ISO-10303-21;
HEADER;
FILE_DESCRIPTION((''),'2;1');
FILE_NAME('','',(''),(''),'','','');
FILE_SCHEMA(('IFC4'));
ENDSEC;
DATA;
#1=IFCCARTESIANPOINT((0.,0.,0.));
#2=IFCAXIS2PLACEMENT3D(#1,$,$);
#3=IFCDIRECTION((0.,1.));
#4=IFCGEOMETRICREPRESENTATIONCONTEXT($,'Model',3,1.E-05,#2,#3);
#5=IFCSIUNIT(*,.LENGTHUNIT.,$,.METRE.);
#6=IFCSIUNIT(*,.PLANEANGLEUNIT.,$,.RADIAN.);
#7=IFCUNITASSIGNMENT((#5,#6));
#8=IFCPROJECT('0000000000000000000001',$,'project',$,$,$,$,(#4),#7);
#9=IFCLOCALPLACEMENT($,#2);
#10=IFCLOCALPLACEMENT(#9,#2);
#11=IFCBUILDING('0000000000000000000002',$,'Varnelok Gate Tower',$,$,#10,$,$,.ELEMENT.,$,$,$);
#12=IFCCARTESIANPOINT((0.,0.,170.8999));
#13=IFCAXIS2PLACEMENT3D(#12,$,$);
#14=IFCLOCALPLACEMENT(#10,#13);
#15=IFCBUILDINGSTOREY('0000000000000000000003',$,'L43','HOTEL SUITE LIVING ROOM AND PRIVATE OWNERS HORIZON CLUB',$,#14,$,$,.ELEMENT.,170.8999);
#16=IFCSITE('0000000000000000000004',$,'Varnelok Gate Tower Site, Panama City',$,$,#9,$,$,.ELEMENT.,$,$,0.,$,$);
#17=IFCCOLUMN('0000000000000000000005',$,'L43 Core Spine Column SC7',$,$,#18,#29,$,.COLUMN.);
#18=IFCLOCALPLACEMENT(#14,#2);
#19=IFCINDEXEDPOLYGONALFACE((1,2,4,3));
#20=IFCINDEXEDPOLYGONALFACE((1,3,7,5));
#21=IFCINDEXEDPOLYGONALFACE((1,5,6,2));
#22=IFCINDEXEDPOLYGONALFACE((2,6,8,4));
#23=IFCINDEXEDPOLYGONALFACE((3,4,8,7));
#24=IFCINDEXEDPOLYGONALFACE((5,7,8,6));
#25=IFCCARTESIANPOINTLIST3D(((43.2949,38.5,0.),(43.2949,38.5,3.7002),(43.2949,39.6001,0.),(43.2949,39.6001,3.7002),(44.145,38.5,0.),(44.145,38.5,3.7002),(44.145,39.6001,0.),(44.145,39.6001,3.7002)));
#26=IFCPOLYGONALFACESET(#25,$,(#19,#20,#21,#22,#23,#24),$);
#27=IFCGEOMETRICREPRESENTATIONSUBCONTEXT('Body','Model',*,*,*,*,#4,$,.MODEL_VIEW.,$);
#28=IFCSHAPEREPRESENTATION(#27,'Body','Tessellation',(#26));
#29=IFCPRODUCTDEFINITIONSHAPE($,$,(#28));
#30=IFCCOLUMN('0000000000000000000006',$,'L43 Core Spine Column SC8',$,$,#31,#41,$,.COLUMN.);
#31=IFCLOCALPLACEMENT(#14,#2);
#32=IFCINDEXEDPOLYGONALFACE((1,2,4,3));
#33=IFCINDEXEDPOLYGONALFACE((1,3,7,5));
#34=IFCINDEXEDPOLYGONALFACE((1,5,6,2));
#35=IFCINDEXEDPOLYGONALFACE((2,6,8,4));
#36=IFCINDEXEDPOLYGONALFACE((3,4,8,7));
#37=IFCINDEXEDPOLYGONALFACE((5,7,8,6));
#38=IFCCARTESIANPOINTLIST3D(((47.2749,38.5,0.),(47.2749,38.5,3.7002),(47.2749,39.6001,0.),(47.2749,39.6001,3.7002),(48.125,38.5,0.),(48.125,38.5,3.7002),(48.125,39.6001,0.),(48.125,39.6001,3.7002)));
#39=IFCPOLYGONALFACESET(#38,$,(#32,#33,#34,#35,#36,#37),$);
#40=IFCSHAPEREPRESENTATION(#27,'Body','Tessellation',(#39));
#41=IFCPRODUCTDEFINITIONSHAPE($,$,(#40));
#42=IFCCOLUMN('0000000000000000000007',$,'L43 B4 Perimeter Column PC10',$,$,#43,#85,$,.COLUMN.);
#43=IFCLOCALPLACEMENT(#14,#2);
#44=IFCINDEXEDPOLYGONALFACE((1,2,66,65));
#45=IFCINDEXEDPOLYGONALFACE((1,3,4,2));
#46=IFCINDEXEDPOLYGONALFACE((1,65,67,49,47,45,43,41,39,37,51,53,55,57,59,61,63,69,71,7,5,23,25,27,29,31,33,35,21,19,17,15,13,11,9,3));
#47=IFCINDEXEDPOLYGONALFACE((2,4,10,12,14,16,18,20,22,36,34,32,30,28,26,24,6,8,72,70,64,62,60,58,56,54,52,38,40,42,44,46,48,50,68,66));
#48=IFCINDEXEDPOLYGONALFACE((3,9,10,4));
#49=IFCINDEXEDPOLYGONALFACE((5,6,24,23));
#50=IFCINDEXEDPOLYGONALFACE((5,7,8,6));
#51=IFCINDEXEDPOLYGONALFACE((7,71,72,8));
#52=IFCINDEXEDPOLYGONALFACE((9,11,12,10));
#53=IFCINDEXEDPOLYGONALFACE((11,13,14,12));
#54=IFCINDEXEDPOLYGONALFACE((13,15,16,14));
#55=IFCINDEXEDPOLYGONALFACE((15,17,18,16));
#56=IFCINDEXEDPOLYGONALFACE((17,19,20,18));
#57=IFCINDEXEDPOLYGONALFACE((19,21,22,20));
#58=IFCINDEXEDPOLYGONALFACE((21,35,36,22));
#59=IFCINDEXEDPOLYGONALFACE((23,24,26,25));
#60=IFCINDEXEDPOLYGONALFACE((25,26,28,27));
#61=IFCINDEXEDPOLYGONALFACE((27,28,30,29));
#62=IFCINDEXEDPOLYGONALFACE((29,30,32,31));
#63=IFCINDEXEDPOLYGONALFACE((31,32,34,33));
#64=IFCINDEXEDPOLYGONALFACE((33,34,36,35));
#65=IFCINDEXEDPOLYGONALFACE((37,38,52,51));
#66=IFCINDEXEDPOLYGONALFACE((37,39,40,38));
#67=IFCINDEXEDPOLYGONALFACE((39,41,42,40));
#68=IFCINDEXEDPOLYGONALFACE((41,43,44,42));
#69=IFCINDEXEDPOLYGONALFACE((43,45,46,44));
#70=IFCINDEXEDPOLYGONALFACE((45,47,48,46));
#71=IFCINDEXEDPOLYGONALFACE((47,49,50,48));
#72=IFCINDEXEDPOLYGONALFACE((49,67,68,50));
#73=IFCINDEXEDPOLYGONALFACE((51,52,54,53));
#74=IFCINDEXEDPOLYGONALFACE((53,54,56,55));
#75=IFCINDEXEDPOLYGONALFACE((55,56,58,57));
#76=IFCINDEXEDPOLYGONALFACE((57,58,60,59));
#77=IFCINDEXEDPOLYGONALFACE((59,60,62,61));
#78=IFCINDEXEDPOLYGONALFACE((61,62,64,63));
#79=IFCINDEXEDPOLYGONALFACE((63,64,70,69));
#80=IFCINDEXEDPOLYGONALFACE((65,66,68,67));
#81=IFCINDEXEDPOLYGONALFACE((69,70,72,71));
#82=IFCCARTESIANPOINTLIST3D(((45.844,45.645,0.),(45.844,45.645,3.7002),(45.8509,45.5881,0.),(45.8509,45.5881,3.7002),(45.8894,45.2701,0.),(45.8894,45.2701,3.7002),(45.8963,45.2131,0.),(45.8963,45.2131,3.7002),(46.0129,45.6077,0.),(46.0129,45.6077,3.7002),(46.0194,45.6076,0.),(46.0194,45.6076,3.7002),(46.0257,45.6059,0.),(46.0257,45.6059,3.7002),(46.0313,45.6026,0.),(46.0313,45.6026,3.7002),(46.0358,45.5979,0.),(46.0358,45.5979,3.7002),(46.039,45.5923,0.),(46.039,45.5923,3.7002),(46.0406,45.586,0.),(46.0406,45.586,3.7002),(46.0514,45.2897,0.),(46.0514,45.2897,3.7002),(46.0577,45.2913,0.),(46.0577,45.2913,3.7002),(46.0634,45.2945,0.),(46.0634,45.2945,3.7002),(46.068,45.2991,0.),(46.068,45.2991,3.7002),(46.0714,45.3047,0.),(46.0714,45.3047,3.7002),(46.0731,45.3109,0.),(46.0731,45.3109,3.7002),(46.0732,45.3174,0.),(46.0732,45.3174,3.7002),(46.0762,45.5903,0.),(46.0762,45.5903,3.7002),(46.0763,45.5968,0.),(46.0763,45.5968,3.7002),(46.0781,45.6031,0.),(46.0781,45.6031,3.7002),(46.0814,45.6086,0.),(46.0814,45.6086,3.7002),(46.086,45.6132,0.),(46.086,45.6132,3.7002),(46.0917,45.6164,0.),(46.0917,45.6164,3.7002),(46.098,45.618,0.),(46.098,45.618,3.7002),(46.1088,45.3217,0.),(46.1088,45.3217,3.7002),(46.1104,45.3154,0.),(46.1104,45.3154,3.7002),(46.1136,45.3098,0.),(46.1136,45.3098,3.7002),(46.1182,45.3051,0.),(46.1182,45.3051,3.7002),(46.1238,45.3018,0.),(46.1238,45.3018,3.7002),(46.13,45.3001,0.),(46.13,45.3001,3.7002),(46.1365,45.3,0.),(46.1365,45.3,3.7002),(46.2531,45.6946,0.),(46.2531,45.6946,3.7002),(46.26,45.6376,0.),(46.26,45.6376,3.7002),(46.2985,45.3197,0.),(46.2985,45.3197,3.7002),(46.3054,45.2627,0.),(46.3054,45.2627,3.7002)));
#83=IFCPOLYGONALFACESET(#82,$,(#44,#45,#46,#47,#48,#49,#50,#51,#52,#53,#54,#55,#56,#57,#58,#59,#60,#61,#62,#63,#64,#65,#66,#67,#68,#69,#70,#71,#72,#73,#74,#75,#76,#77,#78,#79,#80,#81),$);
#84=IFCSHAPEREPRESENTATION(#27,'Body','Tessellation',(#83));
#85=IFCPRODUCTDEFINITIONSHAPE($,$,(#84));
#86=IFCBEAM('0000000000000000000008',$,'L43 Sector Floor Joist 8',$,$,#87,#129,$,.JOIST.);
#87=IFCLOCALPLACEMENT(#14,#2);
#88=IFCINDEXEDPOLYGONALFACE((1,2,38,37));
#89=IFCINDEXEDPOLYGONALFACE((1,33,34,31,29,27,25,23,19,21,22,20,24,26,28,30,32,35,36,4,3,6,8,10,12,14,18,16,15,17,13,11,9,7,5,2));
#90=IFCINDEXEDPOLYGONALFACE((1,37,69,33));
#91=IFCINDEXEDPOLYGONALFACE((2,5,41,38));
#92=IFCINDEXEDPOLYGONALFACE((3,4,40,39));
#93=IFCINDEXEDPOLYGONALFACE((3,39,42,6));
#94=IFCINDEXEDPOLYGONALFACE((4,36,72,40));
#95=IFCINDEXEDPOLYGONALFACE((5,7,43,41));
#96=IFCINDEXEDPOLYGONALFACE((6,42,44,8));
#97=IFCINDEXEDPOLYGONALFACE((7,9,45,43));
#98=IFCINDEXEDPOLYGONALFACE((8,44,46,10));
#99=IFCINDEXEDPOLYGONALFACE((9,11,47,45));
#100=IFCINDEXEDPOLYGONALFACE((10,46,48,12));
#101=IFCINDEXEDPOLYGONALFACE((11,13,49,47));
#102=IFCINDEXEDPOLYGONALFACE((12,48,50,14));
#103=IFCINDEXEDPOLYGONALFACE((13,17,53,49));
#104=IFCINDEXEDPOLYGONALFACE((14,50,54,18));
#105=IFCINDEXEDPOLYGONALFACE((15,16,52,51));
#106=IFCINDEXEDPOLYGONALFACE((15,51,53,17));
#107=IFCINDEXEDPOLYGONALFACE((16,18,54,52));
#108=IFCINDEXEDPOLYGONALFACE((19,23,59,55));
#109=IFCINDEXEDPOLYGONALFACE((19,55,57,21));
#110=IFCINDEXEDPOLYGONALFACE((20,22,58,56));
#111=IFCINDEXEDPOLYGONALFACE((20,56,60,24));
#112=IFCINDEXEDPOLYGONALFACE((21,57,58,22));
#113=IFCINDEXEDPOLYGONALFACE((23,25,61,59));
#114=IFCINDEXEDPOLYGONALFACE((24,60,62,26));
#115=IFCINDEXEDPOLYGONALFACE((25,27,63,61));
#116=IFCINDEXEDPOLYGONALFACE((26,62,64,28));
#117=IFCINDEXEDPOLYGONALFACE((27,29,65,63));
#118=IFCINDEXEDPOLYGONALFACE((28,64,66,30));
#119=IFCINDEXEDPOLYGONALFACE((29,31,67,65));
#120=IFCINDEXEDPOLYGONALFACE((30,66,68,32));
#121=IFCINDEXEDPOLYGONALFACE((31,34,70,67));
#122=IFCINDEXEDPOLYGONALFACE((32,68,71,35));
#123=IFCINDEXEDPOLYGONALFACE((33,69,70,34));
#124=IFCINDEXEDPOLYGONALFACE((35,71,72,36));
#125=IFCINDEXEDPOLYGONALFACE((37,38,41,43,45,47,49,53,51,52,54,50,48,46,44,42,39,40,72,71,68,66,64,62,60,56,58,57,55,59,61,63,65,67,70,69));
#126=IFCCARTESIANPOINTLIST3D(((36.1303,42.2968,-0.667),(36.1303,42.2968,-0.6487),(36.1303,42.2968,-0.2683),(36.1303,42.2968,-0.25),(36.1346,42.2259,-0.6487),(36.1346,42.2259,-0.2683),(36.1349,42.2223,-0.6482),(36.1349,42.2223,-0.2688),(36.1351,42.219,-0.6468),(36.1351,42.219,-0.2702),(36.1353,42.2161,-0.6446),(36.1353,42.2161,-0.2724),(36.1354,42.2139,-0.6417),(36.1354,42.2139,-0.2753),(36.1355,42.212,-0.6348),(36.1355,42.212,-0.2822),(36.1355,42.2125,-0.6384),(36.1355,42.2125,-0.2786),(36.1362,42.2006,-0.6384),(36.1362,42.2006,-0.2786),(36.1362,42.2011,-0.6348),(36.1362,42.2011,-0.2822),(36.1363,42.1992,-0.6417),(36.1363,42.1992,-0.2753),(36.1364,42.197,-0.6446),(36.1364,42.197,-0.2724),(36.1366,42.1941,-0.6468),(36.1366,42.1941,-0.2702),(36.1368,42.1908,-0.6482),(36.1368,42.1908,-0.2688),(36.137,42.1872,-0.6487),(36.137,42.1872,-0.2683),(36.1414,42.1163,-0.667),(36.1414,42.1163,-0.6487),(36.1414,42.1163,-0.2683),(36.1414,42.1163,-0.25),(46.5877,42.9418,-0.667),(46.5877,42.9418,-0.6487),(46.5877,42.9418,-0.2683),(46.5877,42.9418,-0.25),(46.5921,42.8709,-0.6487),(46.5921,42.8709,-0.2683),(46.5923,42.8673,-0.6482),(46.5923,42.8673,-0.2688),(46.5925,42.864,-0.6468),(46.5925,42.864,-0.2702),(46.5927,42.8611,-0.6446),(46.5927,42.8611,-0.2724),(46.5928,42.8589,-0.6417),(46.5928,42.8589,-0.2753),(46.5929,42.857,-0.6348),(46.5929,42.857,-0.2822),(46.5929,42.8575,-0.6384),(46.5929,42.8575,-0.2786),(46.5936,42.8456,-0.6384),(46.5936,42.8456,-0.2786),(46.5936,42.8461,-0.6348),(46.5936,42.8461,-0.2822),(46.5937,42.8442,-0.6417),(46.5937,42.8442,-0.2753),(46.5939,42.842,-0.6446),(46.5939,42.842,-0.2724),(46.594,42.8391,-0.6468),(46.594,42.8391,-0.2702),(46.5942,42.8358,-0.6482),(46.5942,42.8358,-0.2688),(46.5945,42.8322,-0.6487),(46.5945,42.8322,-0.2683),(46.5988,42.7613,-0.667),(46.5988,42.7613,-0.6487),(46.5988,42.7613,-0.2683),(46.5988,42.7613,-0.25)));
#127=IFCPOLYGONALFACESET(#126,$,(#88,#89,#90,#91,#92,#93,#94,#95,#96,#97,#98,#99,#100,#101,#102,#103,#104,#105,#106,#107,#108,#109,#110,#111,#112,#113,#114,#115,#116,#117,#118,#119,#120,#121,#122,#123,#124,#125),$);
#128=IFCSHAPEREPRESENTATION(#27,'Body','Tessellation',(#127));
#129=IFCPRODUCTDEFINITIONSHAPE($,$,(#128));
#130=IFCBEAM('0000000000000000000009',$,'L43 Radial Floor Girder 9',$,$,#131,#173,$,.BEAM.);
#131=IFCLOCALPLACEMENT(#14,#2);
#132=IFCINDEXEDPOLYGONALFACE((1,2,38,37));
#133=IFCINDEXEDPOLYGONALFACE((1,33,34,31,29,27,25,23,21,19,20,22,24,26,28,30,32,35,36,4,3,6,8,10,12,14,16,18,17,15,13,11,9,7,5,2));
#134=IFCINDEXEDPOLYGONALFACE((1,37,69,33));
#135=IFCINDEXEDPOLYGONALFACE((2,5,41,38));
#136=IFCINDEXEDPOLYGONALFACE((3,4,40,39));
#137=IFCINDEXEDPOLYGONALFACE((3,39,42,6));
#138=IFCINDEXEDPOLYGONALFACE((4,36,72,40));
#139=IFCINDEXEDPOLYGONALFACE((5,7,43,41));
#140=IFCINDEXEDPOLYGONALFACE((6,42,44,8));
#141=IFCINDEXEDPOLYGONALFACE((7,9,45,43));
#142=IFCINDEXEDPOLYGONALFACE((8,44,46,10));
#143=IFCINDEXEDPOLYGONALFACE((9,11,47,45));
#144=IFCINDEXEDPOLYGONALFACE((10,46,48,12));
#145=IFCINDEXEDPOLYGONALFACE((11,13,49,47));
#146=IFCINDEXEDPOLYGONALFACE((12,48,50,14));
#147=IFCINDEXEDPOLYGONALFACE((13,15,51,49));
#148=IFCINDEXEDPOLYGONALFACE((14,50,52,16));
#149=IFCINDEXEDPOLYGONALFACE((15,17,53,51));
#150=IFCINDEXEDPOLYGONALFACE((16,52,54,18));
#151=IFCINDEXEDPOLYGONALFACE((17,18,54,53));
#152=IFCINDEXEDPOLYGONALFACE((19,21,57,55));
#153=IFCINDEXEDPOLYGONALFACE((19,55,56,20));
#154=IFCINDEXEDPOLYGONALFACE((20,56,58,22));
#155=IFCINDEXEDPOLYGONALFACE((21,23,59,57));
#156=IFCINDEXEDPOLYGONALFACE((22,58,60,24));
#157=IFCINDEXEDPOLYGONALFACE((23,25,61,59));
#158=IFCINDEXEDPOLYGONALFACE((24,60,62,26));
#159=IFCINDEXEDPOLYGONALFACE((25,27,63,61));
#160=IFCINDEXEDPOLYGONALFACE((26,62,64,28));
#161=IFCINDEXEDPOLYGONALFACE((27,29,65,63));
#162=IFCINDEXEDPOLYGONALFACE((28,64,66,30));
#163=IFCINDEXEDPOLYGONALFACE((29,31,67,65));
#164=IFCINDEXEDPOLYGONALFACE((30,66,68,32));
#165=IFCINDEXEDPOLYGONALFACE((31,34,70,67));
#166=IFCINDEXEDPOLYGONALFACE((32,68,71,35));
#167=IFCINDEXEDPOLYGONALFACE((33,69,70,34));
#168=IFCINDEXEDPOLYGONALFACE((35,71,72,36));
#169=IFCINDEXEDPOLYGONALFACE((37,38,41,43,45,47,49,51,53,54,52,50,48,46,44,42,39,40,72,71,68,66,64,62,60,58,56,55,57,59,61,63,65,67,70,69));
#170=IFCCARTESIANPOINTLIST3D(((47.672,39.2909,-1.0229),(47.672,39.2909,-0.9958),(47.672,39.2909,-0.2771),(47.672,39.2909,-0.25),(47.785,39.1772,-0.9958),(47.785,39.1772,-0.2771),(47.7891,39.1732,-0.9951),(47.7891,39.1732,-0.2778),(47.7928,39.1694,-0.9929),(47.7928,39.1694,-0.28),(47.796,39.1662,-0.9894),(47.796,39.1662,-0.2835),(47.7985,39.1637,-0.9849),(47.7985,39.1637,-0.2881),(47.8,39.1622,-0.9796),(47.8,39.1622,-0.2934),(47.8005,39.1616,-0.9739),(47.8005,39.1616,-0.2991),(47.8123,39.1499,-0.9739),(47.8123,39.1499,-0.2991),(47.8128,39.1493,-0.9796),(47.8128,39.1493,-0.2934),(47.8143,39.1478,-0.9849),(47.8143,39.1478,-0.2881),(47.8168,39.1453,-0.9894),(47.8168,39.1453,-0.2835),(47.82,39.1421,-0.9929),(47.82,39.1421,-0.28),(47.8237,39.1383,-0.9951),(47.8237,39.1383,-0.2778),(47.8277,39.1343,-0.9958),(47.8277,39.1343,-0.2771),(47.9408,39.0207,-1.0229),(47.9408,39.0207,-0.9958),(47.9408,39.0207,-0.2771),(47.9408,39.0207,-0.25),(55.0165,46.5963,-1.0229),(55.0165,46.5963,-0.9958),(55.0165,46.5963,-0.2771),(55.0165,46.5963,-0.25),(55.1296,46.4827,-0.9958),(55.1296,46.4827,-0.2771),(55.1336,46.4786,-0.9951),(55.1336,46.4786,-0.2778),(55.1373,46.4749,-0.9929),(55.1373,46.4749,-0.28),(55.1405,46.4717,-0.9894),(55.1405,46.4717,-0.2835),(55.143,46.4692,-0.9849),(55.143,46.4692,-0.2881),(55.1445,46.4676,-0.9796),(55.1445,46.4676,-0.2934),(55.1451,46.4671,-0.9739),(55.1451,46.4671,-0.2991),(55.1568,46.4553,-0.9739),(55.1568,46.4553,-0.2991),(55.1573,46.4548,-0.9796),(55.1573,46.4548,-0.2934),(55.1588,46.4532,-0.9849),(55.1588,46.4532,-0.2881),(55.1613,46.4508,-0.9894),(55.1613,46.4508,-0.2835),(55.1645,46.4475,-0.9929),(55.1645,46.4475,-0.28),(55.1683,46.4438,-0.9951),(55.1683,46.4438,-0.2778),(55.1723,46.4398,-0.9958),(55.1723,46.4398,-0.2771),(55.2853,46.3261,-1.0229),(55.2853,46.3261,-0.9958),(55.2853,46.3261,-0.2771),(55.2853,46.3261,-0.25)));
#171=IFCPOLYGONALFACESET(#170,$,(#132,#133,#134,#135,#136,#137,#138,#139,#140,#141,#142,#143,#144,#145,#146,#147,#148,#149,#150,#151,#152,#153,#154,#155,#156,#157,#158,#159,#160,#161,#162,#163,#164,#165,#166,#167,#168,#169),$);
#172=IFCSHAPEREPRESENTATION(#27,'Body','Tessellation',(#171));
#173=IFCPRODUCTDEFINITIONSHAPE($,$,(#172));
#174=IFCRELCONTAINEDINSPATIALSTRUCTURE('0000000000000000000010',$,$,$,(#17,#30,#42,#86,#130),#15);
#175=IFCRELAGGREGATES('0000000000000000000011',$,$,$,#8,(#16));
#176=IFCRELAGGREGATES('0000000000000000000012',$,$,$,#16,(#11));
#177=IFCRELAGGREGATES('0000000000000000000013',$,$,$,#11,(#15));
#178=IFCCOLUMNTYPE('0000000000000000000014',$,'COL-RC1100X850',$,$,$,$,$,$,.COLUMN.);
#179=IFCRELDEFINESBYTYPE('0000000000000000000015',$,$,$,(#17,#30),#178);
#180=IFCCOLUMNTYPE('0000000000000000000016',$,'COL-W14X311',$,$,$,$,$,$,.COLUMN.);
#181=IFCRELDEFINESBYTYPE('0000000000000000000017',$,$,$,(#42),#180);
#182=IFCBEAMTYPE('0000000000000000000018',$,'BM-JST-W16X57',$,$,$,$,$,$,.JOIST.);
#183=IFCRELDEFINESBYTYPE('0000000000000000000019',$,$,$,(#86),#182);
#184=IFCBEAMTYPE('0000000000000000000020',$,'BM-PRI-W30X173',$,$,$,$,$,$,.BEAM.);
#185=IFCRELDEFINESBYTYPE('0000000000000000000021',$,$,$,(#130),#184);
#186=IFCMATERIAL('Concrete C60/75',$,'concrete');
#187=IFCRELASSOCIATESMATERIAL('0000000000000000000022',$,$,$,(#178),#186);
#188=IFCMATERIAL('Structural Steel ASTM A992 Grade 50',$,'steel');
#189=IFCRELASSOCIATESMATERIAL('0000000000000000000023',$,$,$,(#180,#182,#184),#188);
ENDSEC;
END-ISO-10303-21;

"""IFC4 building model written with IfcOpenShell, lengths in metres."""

from ifc_helpers import new_model, si_unit, direction, frame, origin, origin_2d, place, context, subcontext, project, spatial, rectangle, i_section, extrude, material, material_profile, profile_set, type_object, element, save


model = new_model("IFC4")

# Units and contexts
model_context = context("Model", 3, precision=1e-05, world=origin(), true_north=direction((0.0, 1.0)))
body_context = subcontext(model_context, "Body", "Model", "MODEL_VIEW")
ifc_project = project(units=[si_unit("LENGTHUNIT", "METRE"), si_unit("PLANEANGLEUNIT", "RADIAN")], contexts=[model_context])

# Site, building, storey
site_placement = place(None, origin())
site = spatial("IfcSite", under=ifc_project, at=site_placement, Name="Varnelok Gate Tower Site, Panama City", CompositionType="ELEMENT", RefElevation=0.0)
building_placement = place(site_placement, origin())
building = spatial("IfcBuilding", under=site, at=building_placement, Name="Varnelok Gate Tower", CompositionType="ELEMENT")
storey_placement = place(building_placement, frame((0.0, 0.0, 170.8999)))
storey = spatial("IfcBuildingStorey", under=building, at=storey_placement, Name="L43", Description="HOTEL SUITE LIVING ROOM AND PRIVATE OWNERS HORIZON CLUB", CompositionType="ELEMENT", Elevation=170.8999)

# Columns
ifc_material_1 = material(Name="Concrete C60/75", Category="concrete")
ifc_material_profile_1 = material_profile(ifc_material_1, rectangle(XDim=0.8501, YDim=1.1001, at=origin_2d()), Name="RC1100X850")
ifc_profile_set_1 = profile_set([ifc_material_profile_1], Name="Concrete C60/75")
column_type_1 = type_object("IfcColumnType", Name="COL-RC1100X850", PredefinedType="COLUMN", material=ifc_profile_set_1)
for number, where, z_axis, x_axis, name in (
    (1, (43.72, 39.05, 0.0), (0.0, 0.0, 1.0), (1.0, 0.0, 0.0), "L43 Core Spine Column SC7"),
    (2, (47.7, 39.05, 0.0), (0.0, 0.0, 1.0), (1.0, 0.0, 0.0), "L43 Core Spine Column SC8"),
):
    element("IfcColumn", number, at=place(storey_placement, frame(where, z_axis=z_axis, x_axis=x_axis)), inside=storey, type_object=column_type_1, Name=name, PredefinedType="COLUMN", context=body_context, shape_type="SweptSolid", body=[
        extrude(rectangle(XDim=0.8501, YDim=1.1001, at=origin_2d()), origin(), (0.0, 0.0, 1.0), 3.7002),
    ])
ifc_material_2 = material(Name="Structural Steel ASTM A992 Grade 50", Category="steel")
ifc_material_profile_2 = material_profile(ifc_material_2, i_section(OverallWidth=0.4121, OverallDepth=0.4351, WebThickness=0.0359, FlangeThickness=0.0574, FilletRadius=0.0249, at=origin_2d()), Name="W14X311")
ifc_profile_set_2 = profile_set([ifc_material_profile_2], Name="Structural Steel ASTM A992 Grade 50")
column_type_2 = type_object("IfcColumnType", Name="COL-W14X311", PredefinedType="COLUMN", material=ifc_profile_set_2)
column_placement = place(storey_placement, frame((46.0747, 45.4539, 0.0), z_axis=(0.0, 0.0, 1.0), x_axis=(0.992732, 0.120345, 0.0)))
element("IfcColumn", 3, at=column_placement, inside=storey, type_object=column_type_2, Name="L43 B4 Perimeter Column PC10", PredefinedType="COLUMN", context=body_context, shape_type="SweptSolid", body=[
    extrude(i_section(OverallWidth=0.4121, OverallDepth=0.4351, WebThickness=0.0359, FlangeThickness=0.0574, FilletRadius=0.0249, at=origin_2d()), origin(), (0.0, 0.0, 1.0), 3.7002),
])

# Beams
ifc_material_profile_3 = material_profile(ifc_material_2, i_section(OverallWidth=0.1809, OverallDepth=0.417, WebThickness=0.011, FlangeThickness=0.0183, FilletRadius=0.0139, at=origin_2d()), Name="W16X57")
ifc_profile_set_3 = profile_set([ifc_material_profile_3], Name="Structural Steel ASTM A992 Grade 50")
beam_type_1 = type_object("IfcBeamType", Name="BM-JST-W16X57", PredefinedType="JOIST", material=ifc_profile_set_3)
beam_1_placement = place(storey_placement, frame((46.5933, 42.8516, -0.4585), z_axis=(-0.998103, -0.061563, 0.0), x_axis=(0.061563, -0.998103, 0.0)))
element("IfcBeam", 4, at=beam_1_placement, inside=storey, type_object=beam_type_1, Name="L43 Sector Floor Joist 8", PredefinedType="JOIST", context=body_context, shape_type="SweptSolid", body=[
    extrude(i_section(OverallWidth=0.1809, OverallDepth=0.417, WebThickness=0.011, FlangeThickness=0.0183, FilletRadius=0.0139, at=origin_2d()), origin(), (0.0, 0.0, 1.0), 10.4773),
])
ifc_material_profile_4 = material_profile(ifc_material_2, i_section(OverallWidth=0.3811, OverallDepth=0.7729, WebThickness=0.0166, FlangeThickness=0.0271, FilletRadius=0.022, at=origin_2d()), Name="W30X173")
ifc_profile_set_4 = profile_set([ifc_material_profile_4], Name="Structural Steel ASTM A992 Grade 50")
beam_type_2 = type_object("IfcBeamType", Name="BM-PRI-W30X173", PredefinedType="BEAM", material=ifc_profile_set_4)
beam_2_placement = place(storey_placement, frame((47.8064, 39.1558, -0.6365), z_axis=(0.70899, 0.705219, 0.0), x_axis=(-0.705219, 0.70899, 0.0)))
element("IfcBeam", 5, at=beam_2_placement, inside=storey, type_object=beam_type_2, Name="L43 Radial Floor Girder 9", PredefinedType="BEAM", context=body_context, shape_type="SweptSolid", body=[
    extrude(i_section(OverallWidth=0.3811, OverallDepth=0.7729, WebThickness=0.0166, FlangeThickness=0.0271, FilletRadius=0.022, at=origin_2d()), origin(), (0.0, 0.0, 1.0), 10.3591),
])

save(model, "model.ifc")
